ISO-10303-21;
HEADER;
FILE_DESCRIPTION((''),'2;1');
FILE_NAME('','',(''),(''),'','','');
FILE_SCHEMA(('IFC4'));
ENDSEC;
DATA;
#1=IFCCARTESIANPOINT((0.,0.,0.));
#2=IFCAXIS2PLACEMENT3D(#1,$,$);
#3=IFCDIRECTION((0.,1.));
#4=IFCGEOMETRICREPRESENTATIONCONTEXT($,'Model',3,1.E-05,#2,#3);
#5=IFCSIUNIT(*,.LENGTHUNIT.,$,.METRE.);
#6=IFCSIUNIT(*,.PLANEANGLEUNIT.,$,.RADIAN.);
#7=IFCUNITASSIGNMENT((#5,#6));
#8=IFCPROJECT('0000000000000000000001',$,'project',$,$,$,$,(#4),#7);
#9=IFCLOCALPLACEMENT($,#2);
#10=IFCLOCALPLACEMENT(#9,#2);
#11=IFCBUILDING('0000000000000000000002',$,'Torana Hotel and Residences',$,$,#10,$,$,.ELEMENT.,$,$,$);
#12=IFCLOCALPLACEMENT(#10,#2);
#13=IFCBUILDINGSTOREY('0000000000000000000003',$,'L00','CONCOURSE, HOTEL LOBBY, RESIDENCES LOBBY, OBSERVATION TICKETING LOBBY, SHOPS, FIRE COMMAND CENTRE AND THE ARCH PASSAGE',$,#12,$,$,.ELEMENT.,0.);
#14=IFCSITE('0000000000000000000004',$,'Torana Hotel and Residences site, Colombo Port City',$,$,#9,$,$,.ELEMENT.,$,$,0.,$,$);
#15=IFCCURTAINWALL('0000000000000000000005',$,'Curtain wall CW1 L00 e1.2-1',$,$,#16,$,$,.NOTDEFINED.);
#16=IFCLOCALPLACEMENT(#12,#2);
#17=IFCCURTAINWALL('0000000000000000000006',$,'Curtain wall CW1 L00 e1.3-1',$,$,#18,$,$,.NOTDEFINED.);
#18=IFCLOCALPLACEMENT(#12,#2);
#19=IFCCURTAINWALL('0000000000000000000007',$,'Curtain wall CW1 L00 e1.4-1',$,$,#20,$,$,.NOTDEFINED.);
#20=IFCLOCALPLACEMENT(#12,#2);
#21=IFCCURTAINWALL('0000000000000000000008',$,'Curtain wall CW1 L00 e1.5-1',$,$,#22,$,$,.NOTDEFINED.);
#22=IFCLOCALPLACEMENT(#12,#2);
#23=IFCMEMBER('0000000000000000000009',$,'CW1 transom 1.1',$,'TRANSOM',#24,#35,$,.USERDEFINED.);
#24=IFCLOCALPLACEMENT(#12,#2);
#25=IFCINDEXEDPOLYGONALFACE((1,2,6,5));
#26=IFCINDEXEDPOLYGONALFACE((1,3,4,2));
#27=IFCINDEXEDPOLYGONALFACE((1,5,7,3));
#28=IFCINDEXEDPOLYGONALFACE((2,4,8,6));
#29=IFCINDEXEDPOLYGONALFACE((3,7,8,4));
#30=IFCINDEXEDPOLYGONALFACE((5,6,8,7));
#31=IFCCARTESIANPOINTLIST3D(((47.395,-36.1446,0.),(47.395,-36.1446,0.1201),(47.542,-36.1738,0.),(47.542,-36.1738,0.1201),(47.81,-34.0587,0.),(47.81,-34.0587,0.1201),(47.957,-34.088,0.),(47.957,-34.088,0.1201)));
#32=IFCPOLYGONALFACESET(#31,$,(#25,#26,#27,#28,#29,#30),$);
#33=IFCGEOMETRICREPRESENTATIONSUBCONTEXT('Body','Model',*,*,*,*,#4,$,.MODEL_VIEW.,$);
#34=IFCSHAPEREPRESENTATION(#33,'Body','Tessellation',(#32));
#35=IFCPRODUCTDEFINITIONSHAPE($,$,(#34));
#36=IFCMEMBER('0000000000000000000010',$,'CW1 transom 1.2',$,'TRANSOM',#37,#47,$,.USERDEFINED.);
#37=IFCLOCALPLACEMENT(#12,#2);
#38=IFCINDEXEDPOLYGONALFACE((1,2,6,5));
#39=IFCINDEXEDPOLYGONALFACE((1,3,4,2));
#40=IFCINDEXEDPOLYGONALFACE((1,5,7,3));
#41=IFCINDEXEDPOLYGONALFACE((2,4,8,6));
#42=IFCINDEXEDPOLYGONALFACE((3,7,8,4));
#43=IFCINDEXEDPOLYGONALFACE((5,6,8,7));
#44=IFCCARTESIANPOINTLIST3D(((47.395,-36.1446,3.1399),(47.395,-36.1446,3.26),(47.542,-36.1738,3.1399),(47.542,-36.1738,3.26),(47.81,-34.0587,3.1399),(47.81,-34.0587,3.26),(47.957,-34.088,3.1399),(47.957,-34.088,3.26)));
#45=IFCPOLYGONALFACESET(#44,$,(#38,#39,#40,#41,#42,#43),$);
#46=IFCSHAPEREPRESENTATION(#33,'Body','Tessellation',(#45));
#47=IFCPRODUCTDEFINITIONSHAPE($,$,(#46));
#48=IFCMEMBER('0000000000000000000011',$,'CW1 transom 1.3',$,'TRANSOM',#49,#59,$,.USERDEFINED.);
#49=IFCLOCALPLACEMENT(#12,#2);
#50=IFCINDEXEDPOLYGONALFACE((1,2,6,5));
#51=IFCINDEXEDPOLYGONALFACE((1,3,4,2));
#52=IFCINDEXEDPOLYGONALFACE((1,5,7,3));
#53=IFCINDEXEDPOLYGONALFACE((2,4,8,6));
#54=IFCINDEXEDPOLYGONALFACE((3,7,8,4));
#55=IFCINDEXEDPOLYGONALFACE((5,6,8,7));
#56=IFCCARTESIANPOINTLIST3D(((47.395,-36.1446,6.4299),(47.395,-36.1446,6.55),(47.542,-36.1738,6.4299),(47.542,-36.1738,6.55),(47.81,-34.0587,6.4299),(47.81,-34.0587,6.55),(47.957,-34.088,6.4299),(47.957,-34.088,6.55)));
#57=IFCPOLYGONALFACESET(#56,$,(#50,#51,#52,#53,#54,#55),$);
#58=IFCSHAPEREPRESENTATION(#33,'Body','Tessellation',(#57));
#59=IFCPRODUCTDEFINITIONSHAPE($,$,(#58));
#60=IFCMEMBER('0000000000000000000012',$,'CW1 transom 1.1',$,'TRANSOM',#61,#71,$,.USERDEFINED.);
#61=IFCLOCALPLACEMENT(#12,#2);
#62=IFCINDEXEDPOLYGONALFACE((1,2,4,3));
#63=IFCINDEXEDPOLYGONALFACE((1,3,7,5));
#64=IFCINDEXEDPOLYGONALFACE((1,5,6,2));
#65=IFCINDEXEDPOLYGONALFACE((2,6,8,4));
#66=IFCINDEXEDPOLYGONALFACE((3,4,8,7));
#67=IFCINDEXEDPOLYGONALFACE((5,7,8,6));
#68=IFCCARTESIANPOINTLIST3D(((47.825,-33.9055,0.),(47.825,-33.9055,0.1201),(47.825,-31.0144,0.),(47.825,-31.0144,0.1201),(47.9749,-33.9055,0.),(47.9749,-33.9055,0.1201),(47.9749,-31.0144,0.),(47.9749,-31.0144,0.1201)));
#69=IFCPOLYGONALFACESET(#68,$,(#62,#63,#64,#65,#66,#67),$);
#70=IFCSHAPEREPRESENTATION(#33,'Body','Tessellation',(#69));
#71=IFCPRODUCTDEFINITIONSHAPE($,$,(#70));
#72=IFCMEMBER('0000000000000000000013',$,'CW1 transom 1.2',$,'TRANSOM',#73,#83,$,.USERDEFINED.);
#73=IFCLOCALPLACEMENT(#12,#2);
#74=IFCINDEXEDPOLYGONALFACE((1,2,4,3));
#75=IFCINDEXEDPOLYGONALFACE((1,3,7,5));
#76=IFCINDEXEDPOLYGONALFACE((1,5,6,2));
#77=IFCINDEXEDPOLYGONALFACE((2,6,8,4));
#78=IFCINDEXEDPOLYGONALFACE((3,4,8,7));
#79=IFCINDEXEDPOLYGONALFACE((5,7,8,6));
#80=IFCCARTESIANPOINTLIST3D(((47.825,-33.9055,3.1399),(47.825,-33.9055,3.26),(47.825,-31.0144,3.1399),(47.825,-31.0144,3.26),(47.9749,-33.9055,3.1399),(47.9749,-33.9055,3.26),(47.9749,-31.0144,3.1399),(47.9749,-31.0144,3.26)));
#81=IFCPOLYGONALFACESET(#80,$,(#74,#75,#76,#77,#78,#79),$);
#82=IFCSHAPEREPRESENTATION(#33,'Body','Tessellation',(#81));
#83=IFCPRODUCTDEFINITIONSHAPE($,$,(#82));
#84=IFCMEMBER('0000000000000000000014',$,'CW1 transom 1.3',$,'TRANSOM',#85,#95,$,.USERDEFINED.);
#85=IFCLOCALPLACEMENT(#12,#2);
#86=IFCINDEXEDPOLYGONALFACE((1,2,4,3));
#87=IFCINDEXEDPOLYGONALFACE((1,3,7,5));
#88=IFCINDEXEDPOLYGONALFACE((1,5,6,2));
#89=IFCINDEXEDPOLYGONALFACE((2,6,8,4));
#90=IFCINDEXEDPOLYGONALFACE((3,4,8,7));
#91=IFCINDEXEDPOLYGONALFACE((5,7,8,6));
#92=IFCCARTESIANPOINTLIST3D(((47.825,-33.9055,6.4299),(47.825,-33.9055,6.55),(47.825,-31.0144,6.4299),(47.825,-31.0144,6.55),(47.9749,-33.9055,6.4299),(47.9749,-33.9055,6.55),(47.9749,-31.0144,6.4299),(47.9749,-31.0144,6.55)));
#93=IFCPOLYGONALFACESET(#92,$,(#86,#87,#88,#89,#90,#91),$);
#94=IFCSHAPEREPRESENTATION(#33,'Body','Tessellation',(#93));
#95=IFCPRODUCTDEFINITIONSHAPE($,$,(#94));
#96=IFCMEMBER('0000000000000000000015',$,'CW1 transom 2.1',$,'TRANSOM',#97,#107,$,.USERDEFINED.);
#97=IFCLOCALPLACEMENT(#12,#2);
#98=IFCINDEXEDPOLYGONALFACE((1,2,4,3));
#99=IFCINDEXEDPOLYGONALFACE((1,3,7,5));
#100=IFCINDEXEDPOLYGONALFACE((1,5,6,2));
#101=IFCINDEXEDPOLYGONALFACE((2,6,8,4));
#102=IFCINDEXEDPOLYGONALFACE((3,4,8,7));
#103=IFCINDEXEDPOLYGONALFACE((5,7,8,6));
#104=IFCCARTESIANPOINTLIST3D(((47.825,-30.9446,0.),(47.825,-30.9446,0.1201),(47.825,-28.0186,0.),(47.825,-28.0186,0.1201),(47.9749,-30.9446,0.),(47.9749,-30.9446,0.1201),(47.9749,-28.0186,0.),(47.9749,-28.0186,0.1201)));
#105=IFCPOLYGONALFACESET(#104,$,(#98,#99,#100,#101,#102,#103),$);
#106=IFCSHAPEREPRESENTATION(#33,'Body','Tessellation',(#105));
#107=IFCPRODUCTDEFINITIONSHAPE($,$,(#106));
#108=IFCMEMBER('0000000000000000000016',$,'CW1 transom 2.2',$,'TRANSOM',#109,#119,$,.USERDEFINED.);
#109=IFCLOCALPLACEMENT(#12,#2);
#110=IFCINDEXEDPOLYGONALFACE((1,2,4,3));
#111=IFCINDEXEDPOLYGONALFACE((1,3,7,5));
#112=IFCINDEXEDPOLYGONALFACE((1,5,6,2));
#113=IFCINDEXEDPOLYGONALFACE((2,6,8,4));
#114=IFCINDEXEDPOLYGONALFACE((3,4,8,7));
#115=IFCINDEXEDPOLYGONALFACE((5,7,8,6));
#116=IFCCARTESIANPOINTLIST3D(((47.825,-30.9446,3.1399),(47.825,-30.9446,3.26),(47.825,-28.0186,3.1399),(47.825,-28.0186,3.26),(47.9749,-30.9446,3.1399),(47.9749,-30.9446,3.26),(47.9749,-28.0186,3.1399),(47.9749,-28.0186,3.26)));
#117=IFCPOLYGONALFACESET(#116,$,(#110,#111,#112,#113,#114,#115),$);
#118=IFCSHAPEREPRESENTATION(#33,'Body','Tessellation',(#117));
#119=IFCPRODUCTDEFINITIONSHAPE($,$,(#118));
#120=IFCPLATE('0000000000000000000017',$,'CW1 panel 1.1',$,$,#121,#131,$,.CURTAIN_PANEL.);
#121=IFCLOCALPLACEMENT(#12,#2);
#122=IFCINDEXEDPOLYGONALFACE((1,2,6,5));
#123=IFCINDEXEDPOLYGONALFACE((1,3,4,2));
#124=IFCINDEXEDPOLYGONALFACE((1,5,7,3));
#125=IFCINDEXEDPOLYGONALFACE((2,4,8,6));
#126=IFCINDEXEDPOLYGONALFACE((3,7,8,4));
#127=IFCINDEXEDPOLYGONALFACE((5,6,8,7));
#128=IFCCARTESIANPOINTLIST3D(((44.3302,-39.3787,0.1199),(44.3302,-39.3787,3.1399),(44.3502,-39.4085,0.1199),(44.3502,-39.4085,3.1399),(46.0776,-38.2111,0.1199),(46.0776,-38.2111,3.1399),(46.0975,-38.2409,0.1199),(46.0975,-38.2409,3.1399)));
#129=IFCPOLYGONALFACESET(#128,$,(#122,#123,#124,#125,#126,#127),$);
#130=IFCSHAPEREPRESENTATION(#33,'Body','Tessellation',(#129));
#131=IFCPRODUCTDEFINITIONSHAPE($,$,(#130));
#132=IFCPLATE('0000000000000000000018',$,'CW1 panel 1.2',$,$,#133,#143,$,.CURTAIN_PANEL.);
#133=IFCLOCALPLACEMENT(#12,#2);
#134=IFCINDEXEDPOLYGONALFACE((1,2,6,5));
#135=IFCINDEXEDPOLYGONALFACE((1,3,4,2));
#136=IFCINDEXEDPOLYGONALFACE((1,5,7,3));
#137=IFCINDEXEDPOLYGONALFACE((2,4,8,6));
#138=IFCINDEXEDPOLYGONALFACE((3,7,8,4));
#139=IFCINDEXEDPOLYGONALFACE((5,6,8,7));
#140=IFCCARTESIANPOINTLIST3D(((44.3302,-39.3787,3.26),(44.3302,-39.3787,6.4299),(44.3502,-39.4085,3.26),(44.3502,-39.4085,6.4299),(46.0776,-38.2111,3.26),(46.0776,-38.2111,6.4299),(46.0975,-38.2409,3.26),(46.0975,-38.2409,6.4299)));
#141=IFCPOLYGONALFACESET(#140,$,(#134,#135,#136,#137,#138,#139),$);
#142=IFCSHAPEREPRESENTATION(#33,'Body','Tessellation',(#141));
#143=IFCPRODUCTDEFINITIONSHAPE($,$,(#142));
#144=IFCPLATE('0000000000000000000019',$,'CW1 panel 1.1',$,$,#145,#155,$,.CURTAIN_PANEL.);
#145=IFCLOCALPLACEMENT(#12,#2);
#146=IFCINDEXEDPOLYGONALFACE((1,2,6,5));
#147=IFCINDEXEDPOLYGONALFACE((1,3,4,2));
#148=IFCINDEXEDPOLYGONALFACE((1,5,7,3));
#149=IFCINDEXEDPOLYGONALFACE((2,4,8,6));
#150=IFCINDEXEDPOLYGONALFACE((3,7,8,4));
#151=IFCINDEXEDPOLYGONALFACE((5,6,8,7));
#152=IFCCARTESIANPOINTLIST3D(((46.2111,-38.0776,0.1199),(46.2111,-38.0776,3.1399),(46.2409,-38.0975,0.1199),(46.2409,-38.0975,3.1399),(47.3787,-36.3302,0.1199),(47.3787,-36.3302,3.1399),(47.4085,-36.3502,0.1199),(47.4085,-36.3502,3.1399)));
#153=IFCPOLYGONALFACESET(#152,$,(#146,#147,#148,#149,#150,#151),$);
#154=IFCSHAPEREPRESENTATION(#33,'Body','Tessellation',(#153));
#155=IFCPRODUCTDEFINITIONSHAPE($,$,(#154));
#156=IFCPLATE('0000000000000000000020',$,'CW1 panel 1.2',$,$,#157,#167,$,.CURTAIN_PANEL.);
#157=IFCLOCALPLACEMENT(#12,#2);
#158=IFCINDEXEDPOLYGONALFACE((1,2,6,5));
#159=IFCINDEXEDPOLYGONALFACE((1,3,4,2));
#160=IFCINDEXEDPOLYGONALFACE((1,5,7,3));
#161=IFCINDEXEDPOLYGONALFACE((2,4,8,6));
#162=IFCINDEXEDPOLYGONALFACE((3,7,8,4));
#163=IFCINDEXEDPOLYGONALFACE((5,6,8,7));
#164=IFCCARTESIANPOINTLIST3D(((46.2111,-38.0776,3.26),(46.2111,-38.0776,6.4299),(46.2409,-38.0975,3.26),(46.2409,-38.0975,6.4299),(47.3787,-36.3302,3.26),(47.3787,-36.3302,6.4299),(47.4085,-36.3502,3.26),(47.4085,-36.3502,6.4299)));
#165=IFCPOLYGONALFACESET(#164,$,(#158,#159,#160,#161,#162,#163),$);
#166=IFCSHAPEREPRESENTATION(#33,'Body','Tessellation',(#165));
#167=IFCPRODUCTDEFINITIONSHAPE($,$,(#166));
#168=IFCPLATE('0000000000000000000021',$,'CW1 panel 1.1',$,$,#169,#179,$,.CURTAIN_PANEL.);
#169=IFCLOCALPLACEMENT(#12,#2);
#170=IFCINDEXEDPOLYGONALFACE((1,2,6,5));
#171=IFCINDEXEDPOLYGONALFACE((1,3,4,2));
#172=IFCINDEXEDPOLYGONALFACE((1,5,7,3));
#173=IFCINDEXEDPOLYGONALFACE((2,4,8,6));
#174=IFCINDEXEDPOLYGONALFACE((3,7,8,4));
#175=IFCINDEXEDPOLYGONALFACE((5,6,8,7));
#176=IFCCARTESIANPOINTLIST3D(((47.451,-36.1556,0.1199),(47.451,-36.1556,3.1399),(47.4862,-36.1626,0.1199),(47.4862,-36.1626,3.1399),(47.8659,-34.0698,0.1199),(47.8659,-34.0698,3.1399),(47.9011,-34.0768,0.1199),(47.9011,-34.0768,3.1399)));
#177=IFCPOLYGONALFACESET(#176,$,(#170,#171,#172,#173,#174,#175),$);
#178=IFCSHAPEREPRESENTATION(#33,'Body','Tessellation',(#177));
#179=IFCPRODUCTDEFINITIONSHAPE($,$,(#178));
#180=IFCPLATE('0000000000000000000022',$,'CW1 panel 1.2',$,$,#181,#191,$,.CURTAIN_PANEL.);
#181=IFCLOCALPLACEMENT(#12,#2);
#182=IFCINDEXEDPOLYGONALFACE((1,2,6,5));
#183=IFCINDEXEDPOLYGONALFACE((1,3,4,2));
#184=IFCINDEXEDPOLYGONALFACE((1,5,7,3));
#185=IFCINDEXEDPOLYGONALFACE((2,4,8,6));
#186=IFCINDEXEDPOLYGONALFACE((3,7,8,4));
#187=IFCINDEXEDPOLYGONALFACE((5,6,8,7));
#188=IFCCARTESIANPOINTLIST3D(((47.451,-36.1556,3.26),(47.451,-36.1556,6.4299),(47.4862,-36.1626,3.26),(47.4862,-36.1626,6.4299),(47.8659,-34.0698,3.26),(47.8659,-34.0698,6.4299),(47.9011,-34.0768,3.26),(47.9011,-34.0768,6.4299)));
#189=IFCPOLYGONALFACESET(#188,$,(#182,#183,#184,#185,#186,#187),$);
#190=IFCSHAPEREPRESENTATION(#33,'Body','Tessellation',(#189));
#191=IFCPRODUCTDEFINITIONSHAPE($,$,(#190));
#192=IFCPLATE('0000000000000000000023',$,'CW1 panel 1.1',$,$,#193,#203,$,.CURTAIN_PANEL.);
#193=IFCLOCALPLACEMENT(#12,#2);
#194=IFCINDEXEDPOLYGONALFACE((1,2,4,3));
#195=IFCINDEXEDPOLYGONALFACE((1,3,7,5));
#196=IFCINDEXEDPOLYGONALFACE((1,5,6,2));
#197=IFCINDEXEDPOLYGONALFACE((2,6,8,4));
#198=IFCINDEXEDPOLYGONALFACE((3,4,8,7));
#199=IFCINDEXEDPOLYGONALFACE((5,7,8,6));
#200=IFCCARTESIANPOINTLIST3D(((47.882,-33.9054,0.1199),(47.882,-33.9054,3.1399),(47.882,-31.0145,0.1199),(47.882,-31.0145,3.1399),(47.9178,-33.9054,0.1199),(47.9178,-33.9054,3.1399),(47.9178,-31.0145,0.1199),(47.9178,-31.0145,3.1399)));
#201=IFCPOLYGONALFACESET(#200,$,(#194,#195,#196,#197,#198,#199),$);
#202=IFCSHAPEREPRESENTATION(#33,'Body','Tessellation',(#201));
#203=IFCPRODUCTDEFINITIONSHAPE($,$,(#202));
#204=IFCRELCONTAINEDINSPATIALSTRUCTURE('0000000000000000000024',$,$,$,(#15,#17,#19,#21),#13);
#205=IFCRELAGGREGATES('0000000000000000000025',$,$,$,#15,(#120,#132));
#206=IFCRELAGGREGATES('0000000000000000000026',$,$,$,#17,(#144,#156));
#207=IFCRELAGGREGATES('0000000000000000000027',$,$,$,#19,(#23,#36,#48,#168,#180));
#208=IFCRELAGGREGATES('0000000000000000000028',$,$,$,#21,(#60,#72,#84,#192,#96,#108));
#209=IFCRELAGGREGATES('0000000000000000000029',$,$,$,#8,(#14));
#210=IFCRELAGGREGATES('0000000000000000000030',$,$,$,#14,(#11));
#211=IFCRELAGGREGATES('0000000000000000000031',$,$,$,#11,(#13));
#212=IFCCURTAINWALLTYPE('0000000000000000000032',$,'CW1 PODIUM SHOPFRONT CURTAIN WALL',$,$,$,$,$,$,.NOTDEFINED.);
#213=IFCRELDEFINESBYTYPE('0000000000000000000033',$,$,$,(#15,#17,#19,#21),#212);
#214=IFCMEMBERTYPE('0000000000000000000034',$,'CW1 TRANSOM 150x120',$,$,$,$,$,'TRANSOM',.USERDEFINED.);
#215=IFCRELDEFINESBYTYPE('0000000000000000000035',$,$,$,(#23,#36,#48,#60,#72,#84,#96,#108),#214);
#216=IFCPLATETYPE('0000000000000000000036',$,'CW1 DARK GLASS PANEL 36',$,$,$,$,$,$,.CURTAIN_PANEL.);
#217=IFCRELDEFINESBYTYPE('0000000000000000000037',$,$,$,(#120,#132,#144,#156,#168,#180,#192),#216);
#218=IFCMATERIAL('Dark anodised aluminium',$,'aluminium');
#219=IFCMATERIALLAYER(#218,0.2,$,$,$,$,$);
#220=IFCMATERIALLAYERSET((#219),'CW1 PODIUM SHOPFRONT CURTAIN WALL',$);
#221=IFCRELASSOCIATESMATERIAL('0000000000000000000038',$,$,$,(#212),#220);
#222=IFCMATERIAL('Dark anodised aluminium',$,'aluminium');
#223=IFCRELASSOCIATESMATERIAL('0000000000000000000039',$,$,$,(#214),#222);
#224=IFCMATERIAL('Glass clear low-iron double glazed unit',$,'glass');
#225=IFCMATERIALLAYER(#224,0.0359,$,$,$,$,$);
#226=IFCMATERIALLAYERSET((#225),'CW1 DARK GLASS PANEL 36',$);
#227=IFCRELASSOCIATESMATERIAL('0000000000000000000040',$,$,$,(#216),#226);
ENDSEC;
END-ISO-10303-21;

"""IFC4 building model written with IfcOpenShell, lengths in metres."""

from ifc_helpers import new_model, si_unit, direction, frame, origin, origin_2d, place, context, subcontext, project, spatial, rectangle, extrude, material, layer, layer_set, material_profile, profile_set, type_object, element, aggregate, save


model = new_model("IFC4")

# Units and contexts
model_context = context("Model", 3, precision=1e-05, world=origin(), true_north=direction((0.0, 1.0)))
body_context = subcontext(model_context, "Body", "Model", "MODEL_VIEW")
ifc_project = project(units=[si_unit("LENGTHUNIT", "METRE"), si_unit("PLANEANGLEUNIT", "RADIAN")], contexts=[model_context])

# Site, building, storey
site_placement = place(None, origin())
site = spatial("IfcSite", under=ifc_project, at=site_placement, Name="Torana Hotel and Residences site, Colombo Port City", CompositionType="ELEMENT", RefElevation=0.0)
building_placement = place(site_placement, origin())
building = spatial("IfcBuilding", under=site, at=building_placement, Name="Torana Hotel and Residences", CompositionType="ELEMENT")
storey_placement = place(building_placement, origin())
storey = spatial("IfcBuildingStorey", under=building, at=storey_placement, Name="L00", Description="CONCOURSE, HOTEL LOBBY, RESIDENCES LOBBY, OBSERVATION TICKETING LOBBY, SHOPS, FIRE COMMAND CENTRE AND THE ARCH PASSAGE", CompositionType="ELEMENT", Elevation=0.0)

# Curtain wall
ifc_material_1 = material(Name="Dark anodised aluminium", Category="aluminium")
ifc_layer_1 = layer(ifc_material_1, 0.2)
ifc_layer_set_1 = layer_set([ifc_layer_1], Name="CW1 PODIUM SHOPFRONT CURTAIN WALL")
curtain_wall_type = type_object("IfcCurtainWallType", Name="CW1 PODIUM SHOPFRONT CURTAIN WALL", PredefinedType="NOTDEFINED", material=ifc_layer_set_1)
curtain_wall_1_placement = place(storey_placement, origin())
curtain_wall_1 = element("IfcCurtainWall", 1, at=curtain_wall_1_placement, inside=storey, type_object=curtain_wall_type, Name="Curtain wall CW1 L00 e1.2-1", PredefinedType="NOTDEFINED")

# Curtain walls
curtain_wall_2_placement = place(storey_placement, origin())
curtain_wall_2 = element("IfcCurtainWall", 2, at=curtain_wall_2_placement, inside=storey, type_object=curtain_wall_type, Name="Curtain wall CW1 L00 e1.3-1", PredefinedType="NOTDEFINED")
curtain_wall_3_placement = place(storey_placement, origin())
curtain_wall_3 = element("IfcCurtainWall", 3, at=curtain_wall_3_placement, inside=storey, type_object=curtain_wall_type, Name="Curtain wall CW1 L00 e1.4-1", PredefinedType="NOTDEFINED")
curtain_wall_4_placement = place(storey_placement, origin())
curtain_wall_4 = element("IfcCurtainWall", 4, at=curtain_wall_4_placement, inside=storey, type_object=curtain_wall_type, Name="Curtain wall CW1 L00 e1.5-1", PredefinedType="NOTDEFINED")

# Members
ifc_material_2 = material(Name="Dark anodised aluminium", Category="aluminium")
ifc_material_profile_1 = material_profile(ifc_material_2, rectangle(XDim=0.1499, YDim=0.1201, at=origin_2d()), Name="CW1 TRANSOM 150x120")
ifc_profile_set_1 = profile_set([ifc_material_profile_1], Name="Dark anodised aluminium")
member_type_1 = type_object("IfcMemberType", Name="CW1 TRANSOM 150x120", ElementType="TRANSOM", PredefinedType="USERDEFINED", material=ifc_profile_set_1)
member_1_placement = place(storey_placement, frame((47.4685, -36.1592, 0.0601), z_axis=(0.195145, 0.980774, 0.0), x_axis=(-0.980774, 0.195145, 0.0)))
member_1 = element("IfcMember", 5, at=member_1_placement, type_object=member_type_1, Name="CW1 transom 1.1", ObjectType="TRANSOM", PredefinedType="USERDEFINED", context=body_context, shape_type="SweptSolid", body=[
    extrude(rectangle(XDim=0.1499, YDim=0.1201, at=origin_2d()), origin(), (0.0, 0.0, 1.0), 2.1267),
])
member_2_placement = place(storey_placement, frame((47.4685, -36.1592, 3.2), z_axis=(0.195145, 0.980774, 0.0), x_axis=(-0.980774, 0.195145, 0.0)))
member_2 = element("IfcMember", 6, at=member_2_placement, type_object=member_type_1, Name="CW1 transom 1.2", ObjectType="TRANSOM", PredefinedType="USERDEFINED", context=body_context, shape_type="SweptSolid", body=[
    extrude(rectangle(XDim=0.1499, YDim=0.1201, at=origin_2d()), origin(), (0.0, 0.0, 1.0), 2.1267),
])
member_3_placement = place(storey_placement, frame((47.4685, -36.1592, 6.49), z_axis=(0.195145, 0.980774, 0.0), x_axis=(-0.980774, 0.195145, 0.0)))
member_3 = element("IfcMember", 7, at=member_3_placement, type_object=member_type_1, Name="CW1 transom 1.3", ObjectType="TRANSOM", PredefinedType="USERDEFINED", context=body_context, shape_type="SweptSolid", body=[
    extrude(rectangle(XDim=0.1499, YDim=0.1201, at=origin_2d()), origin(), (0.0, 0.0, 1.0), 2.1267),
])
member_4_placement = place(storey_placement, frame((47.8999, -33.9055, 0.0601), z_axis=(0.0, 1.0, 0.0), x_axis=(-1.0, 0.0, 0.0)))
member_4 = element("IfcMember", 8, at=member_4_placement, type_object=member_type_1, Name="CW1 transom 1.1", ObjectType="TRANSOM", PredefinedType="USERDEFINED", context=body_context, shape_type="SweptSolid", body=[
    extrude(rectangle(XDim=0.1499, YDim=0.1201, at=origin_2d()), origin(), (0.0, 0.0, 1.0), 2.8911),
])
member_5_placement = place(storey_placement, frame((47.8999, -33.9055, 3.2), z_axis=(0.0, 1.0, 0.0), x_axis=(-1.0, 0.0, 0.0)))
member_5 = element("IfcMember", 9, at=member_5_placement, type_object=member_type_1, Name="CW1 transom 1.2", ObjectType="TRANSOM", PredefinedType="USERDEFINED", context=body_context, shape_type="SweptSolid", body=[
    extrude(rectangle(XDim=0.1499, YDim=0.1201, at=origin_2d()), origin(), (0.0, 0.0, 1.0), 2.8911),
])
member_6_placement = place(storey_placement, frame((47.8999, -33.9055, 6.49), z_axis=(0.0, 1.0, 0.0), x_axis=(-1.0, 0.0, 0.0)))
member_6 = element("IfcMember", 10, at=member_6_placement, type_object=member_type_1, Name="CW1 transom 1.3", ObjectType="TRANSOM", PredefinedType="USERDEFINED", context=body_context, shape_type="SweptSolid", body=[
    extrude(rectangle(XDim=0.1499, YDim=0.1201, at=origin_2d()), origin(), (0.0, 0.0, 1.0), 2.8911),
])
member_7_placement = place(storey_placement, frame((47.8999, -30.9446, 0.0601), z_axis=(0.0, 1.0, 0.0), x_axis=(-1.0, 0.0, 0.0)))
member_7 = element("IfcMember", 11, at=member_7_placement, type_object=member_type_1, Name="CW1 transom 2.1", ObjectType="TRANSOM", PredefinedType="USERDEFINED", context=body_context, shape_type="SweptSolid", body=[
    extrude(rectangle(XDim=0.1499, YDim=0.1201, at=origin_2d()), origin(), (0.0, 0.0, 1.0), 2.926),
])
member_8_placement = place(storey_placement, frame((47.8999, -30.9446, 3.2), z_axis=(0.0, 1.0, 0.0), x_axis=(-1.0, 0.0, 0.0)))
member_8 = element("IfcMember", 12, at=member_8_placement, type_object=member_type_1, Name="CW1 transom 2.2", ObjectType="TRANSOM", PredefinedType="USERDEFINED", context=body_context, shape_type="SweptSolid", body=[
    extrude(rectangle(XDim=0.1499, YDim=0.1201, at=origin_2d()), origin(), (0.0, 0.0, 1.0), 2.926),
])

# Plates
ifc_material_3 = material(Name="Glass clear low-iron double glazed unit", Category="glass")
ifc_layer_2 = layer(ifc_material_3, 0.0359)
ifc_layer_set_2 = layer_set([ifc_layer_2], Name="CW1 DARK GLASS PANEL 36")
plate_type = type_object("IfcPlateType", Name="CW1 DARK GLASS PANEL 36", PredefinedType="CURTAIN_PANEL", material=ifc_layer_set_2)
plate_1_placement = place(storey_placement, frame((45.2139, -38.8098, 0.1199), z_axis=(0.0, 0.0, 1.0), x_axis=(0.83146, 0.555585, 0.0)))
plate_1 = element("IfcPlate", 13, at=plate_1_placement, type_object=plate_type, Name="CW1 panel 1.1", PredefinedType="CURTAIN_PANEL", context=body_context, shape_type="SweptSolid", body=[
    extrude(rectangle(XDim=2.1016, YDim=0.0359, at=origin_2d()), origin(), (0.0, 0.0, 1.0), 3.02),
])
plate_2_placement = place(storey_placement, frame((45.2139, -38.8098, 3.26), z_axis=(0.0, 0.0, 1.0), x_axis=(0.83146, 0.555585, 0.0)))
plate_2 = element("IfcPlate", 14, at=plate_2_placement, type_object=plate_type, Name="CW1 panel 1.2", PredefinedType="CURTAIN_PANEL", context=body_context, shape_type="SweptSolid", body=[
    extrude(rectangle(XDim=2.1016, YDim=0.0359, at=origin_2d()), origin(), (0.0, 0.0, 1.0), 3.1699),
])
aggregate(curtain_wall_1, [plate_1, plate_2])
plate_3_placement = place(storey_placement, frame((46.8098, -37.2139, 0.1199), z_axis=(0.0, 0.0, 1.0), x_axis=(0.555585, 0.83146, 0.0)))
plate_3 = element("IfcPlate", 15, at=plate_3_placement, type_object=plate_type, Name="CW1 panel 1.1", PredefinedType="CURTAIN_PANEL", context=body_context, shape_type="SweptSolid", body=[
    extrude(rectangle(XDim=2.1016, YDim=0.0359, at=origin_2d()), origin(), (0.0, 0.0, 1.0), 3.02),
])
plate_4_placement = place(storey_placement, frame((46.8098, -37.2139, 3.26), z_axis=(0.0, 0.0, 1.0), x_axis=(0.555585, 0.83146, 0.0)))
plate_4 = element("IfcPlate", 16, at=plate_4_placement, type_object=plate_type, Name="CW1 panel 1.2", PredefinedType="CURTAIN_PANEL", context=body_context, shape_type="SweptSolid", body=[
    extrude(rectangle(XDim=2.1016, YDim=0.0359, at=origin_2d()), origin(), (0.0, 0.0, 1.0), 3.1699),
])
aggregate(curtain_wall_2, [plate_3, plate_4])
plate_5_placement = place(storey_placement, frame((47.676, -35.1162, 0.1199), z_axis=(0.0, 0.0, 1.0), x_axis=(0.195081, 0.980787, 0.0)))
plate_5 = element("IfcPlate", 17, at=plate_5_placement, type_object=plate_type, Name="CW1 panel 1.1", PredefinedType="CURTAIN_PANEL", context=body_context, shape_type="SweptSolid", body=[
    extrude(rectangle(XDim=2.1267, YDim=0.0359, at=origin_2d()), origin(), (0.0, 0.0, 1.0), 3.02),
])
plate_6_placement = place(storey_placement, frame((47.676, -35.1162, 3.26), z_axis=(0.0, 0.0, 1.0), x_axis=(0.195081, 0.980787, 0.0)))
plate_6 = element("IfcPlate", 18, at=plate_6_placement, type_object=plate_type, Name="CW1 panel 1.2", PredefinedType="CURTAIN_PANEL", context=body_context, shape_type="SweptSolid", body=[
    extrude(rectangle(XDim=2.1267, YDim=0.0359, at=origin_2d()), origin(), (0.0, 0.0, 1.0), 3.1699),
])
aggregate(curtain_wall_3, [member_1, member_2, member_3, plate_5, plate_6])
plate_7_placement = place(storey_placement, frame((47.8999, -32.46, 0.1199), z_axis=(0.0, 0.0, 1.0), x_axis=(0.0, 1.0, 0.0)))
plate_7 = element("IfcPlate", 19, at=plate_7_placement, type_object=plate_type, Name="CW1 panel 1.1", PredefinedType="CURTAIN_PANEL", context=body_context, shape_type="SweptSolid", body=[
    extrude(rectangle(XDim=2.8909, YDim=0.0359, at=origin_2d()), origin(), (0.0, 0.0, 1.0), 3.02),
])
aggregate(curtain_wall_4, [member_4, member_5, member_6, plate_7, member_7, member_8])

save(model, "model.ifc")
